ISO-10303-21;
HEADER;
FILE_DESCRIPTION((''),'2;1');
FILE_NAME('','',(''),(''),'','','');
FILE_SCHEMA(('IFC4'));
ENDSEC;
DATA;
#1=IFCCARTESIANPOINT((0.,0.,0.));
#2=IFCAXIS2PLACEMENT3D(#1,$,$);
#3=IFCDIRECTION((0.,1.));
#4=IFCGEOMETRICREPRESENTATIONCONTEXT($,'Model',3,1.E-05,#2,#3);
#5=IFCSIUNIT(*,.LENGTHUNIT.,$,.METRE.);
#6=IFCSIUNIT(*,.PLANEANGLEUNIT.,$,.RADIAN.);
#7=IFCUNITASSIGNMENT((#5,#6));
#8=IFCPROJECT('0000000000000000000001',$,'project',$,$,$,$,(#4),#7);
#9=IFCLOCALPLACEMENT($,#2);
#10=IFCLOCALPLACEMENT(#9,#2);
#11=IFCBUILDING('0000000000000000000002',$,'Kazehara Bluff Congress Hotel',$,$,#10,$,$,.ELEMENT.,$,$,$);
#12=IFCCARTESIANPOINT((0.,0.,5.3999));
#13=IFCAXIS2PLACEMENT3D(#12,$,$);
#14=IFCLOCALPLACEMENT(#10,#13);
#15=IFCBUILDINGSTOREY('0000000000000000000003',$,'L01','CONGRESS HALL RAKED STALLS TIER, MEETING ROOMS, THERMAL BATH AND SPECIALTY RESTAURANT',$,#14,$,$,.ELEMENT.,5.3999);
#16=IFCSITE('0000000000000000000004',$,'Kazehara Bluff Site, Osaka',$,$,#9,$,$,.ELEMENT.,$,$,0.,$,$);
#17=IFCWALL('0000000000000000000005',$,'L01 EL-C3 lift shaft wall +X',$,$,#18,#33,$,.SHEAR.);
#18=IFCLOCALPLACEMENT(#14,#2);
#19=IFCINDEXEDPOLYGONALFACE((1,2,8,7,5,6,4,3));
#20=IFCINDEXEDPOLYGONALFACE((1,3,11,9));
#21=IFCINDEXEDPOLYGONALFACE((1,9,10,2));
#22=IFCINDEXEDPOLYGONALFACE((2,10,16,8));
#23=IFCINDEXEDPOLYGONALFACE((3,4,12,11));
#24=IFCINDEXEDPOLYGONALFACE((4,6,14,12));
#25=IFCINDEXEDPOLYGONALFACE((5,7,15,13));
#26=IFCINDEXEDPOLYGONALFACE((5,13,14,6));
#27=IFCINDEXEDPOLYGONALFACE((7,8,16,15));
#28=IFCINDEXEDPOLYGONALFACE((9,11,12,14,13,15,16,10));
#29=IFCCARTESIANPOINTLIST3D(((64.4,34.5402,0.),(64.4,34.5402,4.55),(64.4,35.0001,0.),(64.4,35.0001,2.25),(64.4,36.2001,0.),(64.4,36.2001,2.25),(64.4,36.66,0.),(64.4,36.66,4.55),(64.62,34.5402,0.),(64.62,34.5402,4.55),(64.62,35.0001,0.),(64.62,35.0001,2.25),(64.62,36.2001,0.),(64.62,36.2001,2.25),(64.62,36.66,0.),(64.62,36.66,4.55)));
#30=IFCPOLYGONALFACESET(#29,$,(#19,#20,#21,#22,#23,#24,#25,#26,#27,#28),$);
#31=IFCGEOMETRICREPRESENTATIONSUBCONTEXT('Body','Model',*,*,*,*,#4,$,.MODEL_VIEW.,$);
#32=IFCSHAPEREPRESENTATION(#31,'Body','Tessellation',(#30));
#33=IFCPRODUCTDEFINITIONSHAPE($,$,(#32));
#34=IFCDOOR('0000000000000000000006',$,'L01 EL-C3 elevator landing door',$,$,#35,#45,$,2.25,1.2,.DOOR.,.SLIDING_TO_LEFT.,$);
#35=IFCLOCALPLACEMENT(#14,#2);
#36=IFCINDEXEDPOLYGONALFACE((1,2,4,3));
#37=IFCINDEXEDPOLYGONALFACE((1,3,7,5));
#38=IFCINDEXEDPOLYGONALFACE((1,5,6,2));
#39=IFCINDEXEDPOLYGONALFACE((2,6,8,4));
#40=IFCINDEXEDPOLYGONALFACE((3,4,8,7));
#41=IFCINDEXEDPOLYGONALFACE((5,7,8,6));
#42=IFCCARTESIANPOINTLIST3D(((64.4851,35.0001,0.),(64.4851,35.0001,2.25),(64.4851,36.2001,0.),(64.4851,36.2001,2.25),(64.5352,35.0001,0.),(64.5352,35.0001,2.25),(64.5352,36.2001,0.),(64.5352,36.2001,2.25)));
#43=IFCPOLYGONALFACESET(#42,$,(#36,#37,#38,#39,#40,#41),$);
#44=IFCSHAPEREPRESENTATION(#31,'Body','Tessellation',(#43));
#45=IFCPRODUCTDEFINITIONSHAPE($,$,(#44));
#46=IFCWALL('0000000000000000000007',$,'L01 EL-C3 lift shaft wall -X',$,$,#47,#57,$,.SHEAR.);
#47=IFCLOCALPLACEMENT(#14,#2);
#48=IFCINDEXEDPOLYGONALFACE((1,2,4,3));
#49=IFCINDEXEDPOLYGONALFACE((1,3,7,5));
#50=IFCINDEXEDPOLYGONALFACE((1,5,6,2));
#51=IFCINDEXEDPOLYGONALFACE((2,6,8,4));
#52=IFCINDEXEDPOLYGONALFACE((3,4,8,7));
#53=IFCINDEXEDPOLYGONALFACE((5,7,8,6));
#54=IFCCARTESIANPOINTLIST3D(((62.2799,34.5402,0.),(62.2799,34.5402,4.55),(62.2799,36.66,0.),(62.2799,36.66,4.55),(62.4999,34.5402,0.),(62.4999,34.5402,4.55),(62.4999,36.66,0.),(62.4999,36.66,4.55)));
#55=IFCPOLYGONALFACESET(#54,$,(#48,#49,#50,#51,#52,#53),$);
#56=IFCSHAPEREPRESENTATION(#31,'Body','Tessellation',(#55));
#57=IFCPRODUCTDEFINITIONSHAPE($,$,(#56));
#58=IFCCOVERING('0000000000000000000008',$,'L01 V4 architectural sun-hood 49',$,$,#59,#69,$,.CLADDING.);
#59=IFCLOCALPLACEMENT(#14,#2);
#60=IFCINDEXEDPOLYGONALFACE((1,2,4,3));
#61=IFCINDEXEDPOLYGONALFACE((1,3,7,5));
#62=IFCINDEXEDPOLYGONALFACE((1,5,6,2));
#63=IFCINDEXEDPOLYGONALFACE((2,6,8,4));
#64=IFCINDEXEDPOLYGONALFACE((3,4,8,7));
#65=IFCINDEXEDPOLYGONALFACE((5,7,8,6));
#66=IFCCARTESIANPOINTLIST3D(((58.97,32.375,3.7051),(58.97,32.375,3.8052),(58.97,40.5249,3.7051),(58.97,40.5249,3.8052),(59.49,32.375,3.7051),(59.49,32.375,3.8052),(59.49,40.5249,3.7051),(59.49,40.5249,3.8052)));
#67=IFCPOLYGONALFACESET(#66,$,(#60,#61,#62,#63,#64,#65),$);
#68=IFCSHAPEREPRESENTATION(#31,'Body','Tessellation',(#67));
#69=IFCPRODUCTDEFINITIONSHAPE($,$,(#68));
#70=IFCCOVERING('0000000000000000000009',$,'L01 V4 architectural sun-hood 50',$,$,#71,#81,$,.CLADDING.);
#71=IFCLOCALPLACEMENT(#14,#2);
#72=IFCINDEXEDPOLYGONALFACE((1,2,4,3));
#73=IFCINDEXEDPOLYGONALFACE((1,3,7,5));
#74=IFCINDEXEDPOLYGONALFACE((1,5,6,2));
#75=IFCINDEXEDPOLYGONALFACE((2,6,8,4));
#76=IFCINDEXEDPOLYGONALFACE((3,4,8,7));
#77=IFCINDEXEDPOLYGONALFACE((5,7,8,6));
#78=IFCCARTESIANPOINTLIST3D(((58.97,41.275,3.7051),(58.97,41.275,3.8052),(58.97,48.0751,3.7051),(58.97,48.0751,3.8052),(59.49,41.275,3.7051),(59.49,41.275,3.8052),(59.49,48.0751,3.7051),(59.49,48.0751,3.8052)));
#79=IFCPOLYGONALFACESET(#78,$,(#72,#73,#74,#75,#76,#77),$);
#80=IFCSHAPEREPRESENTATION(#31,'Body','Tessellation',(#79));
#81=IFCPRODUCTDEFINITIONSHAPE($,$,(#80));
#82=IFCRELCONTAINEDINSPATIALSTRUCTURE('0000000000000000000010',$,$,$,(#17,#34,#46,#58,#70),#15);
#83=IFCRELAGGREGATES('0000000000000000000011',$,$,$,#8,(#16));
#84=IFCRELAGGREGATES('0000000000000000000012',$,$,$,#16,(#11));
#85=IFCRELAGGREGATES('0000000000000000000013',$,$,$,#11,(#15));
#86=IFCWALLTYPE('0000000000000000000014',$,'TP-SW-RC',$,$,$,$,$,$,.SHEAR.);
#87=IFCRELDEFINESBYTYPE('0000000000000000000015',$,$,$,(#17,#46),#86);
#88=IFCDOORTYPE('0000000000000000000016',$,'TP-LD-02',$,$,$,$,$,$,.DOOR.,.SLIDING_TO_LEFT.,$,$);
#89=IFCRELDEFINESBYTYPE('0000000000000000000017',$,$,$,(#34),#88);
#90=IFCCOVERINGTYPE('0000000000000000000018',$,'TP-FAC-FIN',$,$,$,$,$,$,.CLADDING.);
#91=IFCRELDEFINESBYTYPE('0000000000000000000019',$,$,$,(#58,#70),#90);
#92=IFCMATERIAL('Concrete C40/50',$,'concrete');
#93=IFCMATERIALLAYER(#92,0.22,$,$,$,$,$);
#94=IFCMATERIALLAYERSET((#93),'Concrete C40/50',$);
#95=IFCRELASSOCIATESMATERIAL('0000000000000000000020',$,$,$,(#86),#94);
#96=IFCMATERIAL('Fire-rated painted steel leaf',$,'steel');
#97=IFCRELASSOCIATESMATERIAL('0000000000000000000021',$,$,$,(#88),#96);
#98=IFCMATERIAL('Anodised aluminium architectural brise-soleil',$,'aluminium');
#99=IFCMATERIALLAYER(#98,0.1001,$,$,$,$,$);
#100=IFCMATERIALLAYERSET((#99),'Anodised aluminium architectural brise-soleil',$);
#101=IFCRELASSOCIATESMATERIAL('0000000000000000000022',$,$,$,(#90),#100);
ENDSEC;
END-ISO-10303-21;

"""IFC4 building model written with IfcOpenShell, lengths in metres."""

from ifc_helpers import new_model, si_unit, direction, frame, frame_2d, origin, origin_2d, place, context, subcontext, project, spatial, rectangle, extrude, material, layer, layer_set, type_object, element, fill, save


model = new_model("IFC4")

# Units and contexts
model_context = context("Model", 3, precision=1e-05, world=origin(), true_north=direction((0.0, 1.0)))
body_context = subcontext(model_context, "Body", "Model", "MODEL_VIEW")
ifc_project = project(units=[si_unit("LENGTHUNIT", "METRE"), si_unit("PLANEANGLEUNIT", "RADIAN")], contexts=[model_context])

# Site, building, storey
site_placement = place(None, origin())
site = spatial("IfcSite", under=ifc_project, at=site_placement, Name="Kazehara Bluff Site, Osaka", CompositionType="ELEMENT", RefElevation=0.0)
building_placement = place(site_placement, origin())
building = spatial("IfcBuilding", under=site, at=building_placement, Name="Kazehara Bluff Congress Hotel", CompositionType="ELEMENT")
storey_placement = place(building_placement, frame((0.0, 0.0, 5.3999)))
storey = spatial("IfcBuildingStorey", under=building, at=storey_placement, Name="L01", Description="CONGRESS HALL RAKED STALLS TIER, MEETING ROOMS, THERMAL BATH AND SPECIALTY RESTAURANT", CompositionType="ELEMENT", Elevation=5.3999)

# Shared definitions
ifc_material_1 = material(Name="Concrete C40/50", Category="concrete")
ifc_layer_1 = layer(ifc_material_1, 0.22)
ifc_layer_set_1 = layer_set([ifc_layer_1], Name="Concrete C40/50")
wall_type_1 = type_object("IfcWallType", Name="TP-SW-RC", PredefinedType="SHEAR", material=ifc_layer_set_1)

# Wall, opening, door
wall_1_placement = place(storey_placement, frame((64.51, 34.54, 0.0), z_axis=(0.0, 0.0, 1.0), x_axis=(0.0, 1.0, 0.0)))
wall_1 = element("IfcWall", 1, at=wall_1_placement, inside=storey, type_object=wall_type_1, Name="L01 EL-C3 lift shaft wall +X", PredefinedType="SHEAR", context=body_context, shape_type="SweptSolid", body=[
    extrude(rectangle(XDim=2.1199, YDim=0.22, at=frame_2d((1.0601, 0.0))), origin(), (0.0, 0.0, 1.0), 4.55),
])
opening_placement = place(wall_1_placement, frame((0.46, 0.0, 0.0)))
opening = element("IfcOpeningElement", 2, at=opening_placement, cuts=wall_1, PredefinedType="OPENING", context=body_context, shape_type="SweptSolid", body=[
    extrude(rectangle(XDim=1.2, YDim=2.25, at=frame_2d((0.6001, 1.125))), frame((0.0, 0.1199, 0.0), z_axis=(0.0, -1.0, 0.0), x_axis=(1.0, 0.0, 0.0)), (0.0, 0.0, 1.0), 0.24),
])
ifc_material_2 = material(Name="Fire-rated painted steel leaf", Category="steel")
door_type = type_object("IfcDoorType", Name="TP-LD-02", OperationType="SLIDING_TO_LEFT", PredefinedType="DOOR", material=ifc_material_2)
door_placement = place(opening_placement, origin())
door = element("IfcDoor", 3, at=door_placement, inside=storey, type_object=door_type, Name="L01 EL-C3 elevator landing door", OperationType="SLIDING_TO_LEFT", OverallHeight=2.25, OverallWidth=1.2, PredefinedType="DOOR", context=body_context, shape_type="SweptSolid", body=[
    extrude(rectangle(XDim=1.2, YDim=2.25, at=frame_2d((0.6001, 1.125))), frame((0.0, 0.0249, 0.0), z_axis=(0.0, -1.0, 0.0), x_axis=(1.0, 0.0, 0.0)), (0.0, 0.0, 1.0), 0.05),
])
fill(opening, door)

# Wall
wall_2_placement = place(storey_placement, frame((62.3899, 34.54, 0.0), z_axis=(0.0, 0.0, 1.0), x_axis=(0.0, 1.0, 0.0)))
element("IfcWall", 4, at=wall_2_placement, inside=storey, type_object=wall_type_1, Name="L01 EL-C3 lift shaft wall -X", PredefinedType="SHEAR", context=body_context, shape_type="SweptSolid", body=[
    extrude(rectangle(XDim=2.1199, YDim=0.22, at=frame_2d((1.0601, 0.0))), origin(), (0.0, 0.0, 1.0), 4.55),
])

# Coverings
ifc_material_3 = material(Name="Anodised aluminium architectural brise-soleil", Category="aluminium")
ifc_layer_2 = layer(ifc_material_3, 0.1001)
ifc_layer_set_2 = layer_set([ifc_layer_2], Name="Anodised aluminium architectural brise-soleil")
covering_type = type_object("IfcCoveringType", Name="TP-FAC-FIN", PredefinedType="CLADDING", material=ifc_layer_set_2)
covering_1_placement = place(storey_placement, frame((59.23, 36.45, 3.7051), z_axis=(0.0, 0.0, 1.0), x_axis=(1.0, 0.0, 0.0)))
element("IfcCovering", 5, at=covering_1_placement, inside=storey, type_object=covering_type, Name="L01 V4 architectural sun-hood 49", PredefinedType="CLADDING", context=body_context, shape_type="SweptSolid", body=[
    extrude(rectangle(XDim=0.52, YDim=8.1499, at=origin_2d()), origin(), (0.0, 0.0, 1.0), 0.1001),
])
covering_2_placement = place(storey_placement, frame((59.23, 44.675, 3.7051), z_axis=(0.0, 0.0, 1.0), x_axis=(1.0, 0.0, 0.0)))
element("IfcCovering", 6, at=covering_2_placement, inside=storey, type_object=covering_type, Name="L01 V4 architectural sun-hood 50", PredefinedType="CLADDING", context=body_context, shape_type="SweptSolid", body=[
    extrude(rectangle(XDim=0.52, YDim=6.8, at=origin_2d()), origin(), (0.0, 0.0, 1.0), 0.1001),
])

save(model, "model.ifc")
